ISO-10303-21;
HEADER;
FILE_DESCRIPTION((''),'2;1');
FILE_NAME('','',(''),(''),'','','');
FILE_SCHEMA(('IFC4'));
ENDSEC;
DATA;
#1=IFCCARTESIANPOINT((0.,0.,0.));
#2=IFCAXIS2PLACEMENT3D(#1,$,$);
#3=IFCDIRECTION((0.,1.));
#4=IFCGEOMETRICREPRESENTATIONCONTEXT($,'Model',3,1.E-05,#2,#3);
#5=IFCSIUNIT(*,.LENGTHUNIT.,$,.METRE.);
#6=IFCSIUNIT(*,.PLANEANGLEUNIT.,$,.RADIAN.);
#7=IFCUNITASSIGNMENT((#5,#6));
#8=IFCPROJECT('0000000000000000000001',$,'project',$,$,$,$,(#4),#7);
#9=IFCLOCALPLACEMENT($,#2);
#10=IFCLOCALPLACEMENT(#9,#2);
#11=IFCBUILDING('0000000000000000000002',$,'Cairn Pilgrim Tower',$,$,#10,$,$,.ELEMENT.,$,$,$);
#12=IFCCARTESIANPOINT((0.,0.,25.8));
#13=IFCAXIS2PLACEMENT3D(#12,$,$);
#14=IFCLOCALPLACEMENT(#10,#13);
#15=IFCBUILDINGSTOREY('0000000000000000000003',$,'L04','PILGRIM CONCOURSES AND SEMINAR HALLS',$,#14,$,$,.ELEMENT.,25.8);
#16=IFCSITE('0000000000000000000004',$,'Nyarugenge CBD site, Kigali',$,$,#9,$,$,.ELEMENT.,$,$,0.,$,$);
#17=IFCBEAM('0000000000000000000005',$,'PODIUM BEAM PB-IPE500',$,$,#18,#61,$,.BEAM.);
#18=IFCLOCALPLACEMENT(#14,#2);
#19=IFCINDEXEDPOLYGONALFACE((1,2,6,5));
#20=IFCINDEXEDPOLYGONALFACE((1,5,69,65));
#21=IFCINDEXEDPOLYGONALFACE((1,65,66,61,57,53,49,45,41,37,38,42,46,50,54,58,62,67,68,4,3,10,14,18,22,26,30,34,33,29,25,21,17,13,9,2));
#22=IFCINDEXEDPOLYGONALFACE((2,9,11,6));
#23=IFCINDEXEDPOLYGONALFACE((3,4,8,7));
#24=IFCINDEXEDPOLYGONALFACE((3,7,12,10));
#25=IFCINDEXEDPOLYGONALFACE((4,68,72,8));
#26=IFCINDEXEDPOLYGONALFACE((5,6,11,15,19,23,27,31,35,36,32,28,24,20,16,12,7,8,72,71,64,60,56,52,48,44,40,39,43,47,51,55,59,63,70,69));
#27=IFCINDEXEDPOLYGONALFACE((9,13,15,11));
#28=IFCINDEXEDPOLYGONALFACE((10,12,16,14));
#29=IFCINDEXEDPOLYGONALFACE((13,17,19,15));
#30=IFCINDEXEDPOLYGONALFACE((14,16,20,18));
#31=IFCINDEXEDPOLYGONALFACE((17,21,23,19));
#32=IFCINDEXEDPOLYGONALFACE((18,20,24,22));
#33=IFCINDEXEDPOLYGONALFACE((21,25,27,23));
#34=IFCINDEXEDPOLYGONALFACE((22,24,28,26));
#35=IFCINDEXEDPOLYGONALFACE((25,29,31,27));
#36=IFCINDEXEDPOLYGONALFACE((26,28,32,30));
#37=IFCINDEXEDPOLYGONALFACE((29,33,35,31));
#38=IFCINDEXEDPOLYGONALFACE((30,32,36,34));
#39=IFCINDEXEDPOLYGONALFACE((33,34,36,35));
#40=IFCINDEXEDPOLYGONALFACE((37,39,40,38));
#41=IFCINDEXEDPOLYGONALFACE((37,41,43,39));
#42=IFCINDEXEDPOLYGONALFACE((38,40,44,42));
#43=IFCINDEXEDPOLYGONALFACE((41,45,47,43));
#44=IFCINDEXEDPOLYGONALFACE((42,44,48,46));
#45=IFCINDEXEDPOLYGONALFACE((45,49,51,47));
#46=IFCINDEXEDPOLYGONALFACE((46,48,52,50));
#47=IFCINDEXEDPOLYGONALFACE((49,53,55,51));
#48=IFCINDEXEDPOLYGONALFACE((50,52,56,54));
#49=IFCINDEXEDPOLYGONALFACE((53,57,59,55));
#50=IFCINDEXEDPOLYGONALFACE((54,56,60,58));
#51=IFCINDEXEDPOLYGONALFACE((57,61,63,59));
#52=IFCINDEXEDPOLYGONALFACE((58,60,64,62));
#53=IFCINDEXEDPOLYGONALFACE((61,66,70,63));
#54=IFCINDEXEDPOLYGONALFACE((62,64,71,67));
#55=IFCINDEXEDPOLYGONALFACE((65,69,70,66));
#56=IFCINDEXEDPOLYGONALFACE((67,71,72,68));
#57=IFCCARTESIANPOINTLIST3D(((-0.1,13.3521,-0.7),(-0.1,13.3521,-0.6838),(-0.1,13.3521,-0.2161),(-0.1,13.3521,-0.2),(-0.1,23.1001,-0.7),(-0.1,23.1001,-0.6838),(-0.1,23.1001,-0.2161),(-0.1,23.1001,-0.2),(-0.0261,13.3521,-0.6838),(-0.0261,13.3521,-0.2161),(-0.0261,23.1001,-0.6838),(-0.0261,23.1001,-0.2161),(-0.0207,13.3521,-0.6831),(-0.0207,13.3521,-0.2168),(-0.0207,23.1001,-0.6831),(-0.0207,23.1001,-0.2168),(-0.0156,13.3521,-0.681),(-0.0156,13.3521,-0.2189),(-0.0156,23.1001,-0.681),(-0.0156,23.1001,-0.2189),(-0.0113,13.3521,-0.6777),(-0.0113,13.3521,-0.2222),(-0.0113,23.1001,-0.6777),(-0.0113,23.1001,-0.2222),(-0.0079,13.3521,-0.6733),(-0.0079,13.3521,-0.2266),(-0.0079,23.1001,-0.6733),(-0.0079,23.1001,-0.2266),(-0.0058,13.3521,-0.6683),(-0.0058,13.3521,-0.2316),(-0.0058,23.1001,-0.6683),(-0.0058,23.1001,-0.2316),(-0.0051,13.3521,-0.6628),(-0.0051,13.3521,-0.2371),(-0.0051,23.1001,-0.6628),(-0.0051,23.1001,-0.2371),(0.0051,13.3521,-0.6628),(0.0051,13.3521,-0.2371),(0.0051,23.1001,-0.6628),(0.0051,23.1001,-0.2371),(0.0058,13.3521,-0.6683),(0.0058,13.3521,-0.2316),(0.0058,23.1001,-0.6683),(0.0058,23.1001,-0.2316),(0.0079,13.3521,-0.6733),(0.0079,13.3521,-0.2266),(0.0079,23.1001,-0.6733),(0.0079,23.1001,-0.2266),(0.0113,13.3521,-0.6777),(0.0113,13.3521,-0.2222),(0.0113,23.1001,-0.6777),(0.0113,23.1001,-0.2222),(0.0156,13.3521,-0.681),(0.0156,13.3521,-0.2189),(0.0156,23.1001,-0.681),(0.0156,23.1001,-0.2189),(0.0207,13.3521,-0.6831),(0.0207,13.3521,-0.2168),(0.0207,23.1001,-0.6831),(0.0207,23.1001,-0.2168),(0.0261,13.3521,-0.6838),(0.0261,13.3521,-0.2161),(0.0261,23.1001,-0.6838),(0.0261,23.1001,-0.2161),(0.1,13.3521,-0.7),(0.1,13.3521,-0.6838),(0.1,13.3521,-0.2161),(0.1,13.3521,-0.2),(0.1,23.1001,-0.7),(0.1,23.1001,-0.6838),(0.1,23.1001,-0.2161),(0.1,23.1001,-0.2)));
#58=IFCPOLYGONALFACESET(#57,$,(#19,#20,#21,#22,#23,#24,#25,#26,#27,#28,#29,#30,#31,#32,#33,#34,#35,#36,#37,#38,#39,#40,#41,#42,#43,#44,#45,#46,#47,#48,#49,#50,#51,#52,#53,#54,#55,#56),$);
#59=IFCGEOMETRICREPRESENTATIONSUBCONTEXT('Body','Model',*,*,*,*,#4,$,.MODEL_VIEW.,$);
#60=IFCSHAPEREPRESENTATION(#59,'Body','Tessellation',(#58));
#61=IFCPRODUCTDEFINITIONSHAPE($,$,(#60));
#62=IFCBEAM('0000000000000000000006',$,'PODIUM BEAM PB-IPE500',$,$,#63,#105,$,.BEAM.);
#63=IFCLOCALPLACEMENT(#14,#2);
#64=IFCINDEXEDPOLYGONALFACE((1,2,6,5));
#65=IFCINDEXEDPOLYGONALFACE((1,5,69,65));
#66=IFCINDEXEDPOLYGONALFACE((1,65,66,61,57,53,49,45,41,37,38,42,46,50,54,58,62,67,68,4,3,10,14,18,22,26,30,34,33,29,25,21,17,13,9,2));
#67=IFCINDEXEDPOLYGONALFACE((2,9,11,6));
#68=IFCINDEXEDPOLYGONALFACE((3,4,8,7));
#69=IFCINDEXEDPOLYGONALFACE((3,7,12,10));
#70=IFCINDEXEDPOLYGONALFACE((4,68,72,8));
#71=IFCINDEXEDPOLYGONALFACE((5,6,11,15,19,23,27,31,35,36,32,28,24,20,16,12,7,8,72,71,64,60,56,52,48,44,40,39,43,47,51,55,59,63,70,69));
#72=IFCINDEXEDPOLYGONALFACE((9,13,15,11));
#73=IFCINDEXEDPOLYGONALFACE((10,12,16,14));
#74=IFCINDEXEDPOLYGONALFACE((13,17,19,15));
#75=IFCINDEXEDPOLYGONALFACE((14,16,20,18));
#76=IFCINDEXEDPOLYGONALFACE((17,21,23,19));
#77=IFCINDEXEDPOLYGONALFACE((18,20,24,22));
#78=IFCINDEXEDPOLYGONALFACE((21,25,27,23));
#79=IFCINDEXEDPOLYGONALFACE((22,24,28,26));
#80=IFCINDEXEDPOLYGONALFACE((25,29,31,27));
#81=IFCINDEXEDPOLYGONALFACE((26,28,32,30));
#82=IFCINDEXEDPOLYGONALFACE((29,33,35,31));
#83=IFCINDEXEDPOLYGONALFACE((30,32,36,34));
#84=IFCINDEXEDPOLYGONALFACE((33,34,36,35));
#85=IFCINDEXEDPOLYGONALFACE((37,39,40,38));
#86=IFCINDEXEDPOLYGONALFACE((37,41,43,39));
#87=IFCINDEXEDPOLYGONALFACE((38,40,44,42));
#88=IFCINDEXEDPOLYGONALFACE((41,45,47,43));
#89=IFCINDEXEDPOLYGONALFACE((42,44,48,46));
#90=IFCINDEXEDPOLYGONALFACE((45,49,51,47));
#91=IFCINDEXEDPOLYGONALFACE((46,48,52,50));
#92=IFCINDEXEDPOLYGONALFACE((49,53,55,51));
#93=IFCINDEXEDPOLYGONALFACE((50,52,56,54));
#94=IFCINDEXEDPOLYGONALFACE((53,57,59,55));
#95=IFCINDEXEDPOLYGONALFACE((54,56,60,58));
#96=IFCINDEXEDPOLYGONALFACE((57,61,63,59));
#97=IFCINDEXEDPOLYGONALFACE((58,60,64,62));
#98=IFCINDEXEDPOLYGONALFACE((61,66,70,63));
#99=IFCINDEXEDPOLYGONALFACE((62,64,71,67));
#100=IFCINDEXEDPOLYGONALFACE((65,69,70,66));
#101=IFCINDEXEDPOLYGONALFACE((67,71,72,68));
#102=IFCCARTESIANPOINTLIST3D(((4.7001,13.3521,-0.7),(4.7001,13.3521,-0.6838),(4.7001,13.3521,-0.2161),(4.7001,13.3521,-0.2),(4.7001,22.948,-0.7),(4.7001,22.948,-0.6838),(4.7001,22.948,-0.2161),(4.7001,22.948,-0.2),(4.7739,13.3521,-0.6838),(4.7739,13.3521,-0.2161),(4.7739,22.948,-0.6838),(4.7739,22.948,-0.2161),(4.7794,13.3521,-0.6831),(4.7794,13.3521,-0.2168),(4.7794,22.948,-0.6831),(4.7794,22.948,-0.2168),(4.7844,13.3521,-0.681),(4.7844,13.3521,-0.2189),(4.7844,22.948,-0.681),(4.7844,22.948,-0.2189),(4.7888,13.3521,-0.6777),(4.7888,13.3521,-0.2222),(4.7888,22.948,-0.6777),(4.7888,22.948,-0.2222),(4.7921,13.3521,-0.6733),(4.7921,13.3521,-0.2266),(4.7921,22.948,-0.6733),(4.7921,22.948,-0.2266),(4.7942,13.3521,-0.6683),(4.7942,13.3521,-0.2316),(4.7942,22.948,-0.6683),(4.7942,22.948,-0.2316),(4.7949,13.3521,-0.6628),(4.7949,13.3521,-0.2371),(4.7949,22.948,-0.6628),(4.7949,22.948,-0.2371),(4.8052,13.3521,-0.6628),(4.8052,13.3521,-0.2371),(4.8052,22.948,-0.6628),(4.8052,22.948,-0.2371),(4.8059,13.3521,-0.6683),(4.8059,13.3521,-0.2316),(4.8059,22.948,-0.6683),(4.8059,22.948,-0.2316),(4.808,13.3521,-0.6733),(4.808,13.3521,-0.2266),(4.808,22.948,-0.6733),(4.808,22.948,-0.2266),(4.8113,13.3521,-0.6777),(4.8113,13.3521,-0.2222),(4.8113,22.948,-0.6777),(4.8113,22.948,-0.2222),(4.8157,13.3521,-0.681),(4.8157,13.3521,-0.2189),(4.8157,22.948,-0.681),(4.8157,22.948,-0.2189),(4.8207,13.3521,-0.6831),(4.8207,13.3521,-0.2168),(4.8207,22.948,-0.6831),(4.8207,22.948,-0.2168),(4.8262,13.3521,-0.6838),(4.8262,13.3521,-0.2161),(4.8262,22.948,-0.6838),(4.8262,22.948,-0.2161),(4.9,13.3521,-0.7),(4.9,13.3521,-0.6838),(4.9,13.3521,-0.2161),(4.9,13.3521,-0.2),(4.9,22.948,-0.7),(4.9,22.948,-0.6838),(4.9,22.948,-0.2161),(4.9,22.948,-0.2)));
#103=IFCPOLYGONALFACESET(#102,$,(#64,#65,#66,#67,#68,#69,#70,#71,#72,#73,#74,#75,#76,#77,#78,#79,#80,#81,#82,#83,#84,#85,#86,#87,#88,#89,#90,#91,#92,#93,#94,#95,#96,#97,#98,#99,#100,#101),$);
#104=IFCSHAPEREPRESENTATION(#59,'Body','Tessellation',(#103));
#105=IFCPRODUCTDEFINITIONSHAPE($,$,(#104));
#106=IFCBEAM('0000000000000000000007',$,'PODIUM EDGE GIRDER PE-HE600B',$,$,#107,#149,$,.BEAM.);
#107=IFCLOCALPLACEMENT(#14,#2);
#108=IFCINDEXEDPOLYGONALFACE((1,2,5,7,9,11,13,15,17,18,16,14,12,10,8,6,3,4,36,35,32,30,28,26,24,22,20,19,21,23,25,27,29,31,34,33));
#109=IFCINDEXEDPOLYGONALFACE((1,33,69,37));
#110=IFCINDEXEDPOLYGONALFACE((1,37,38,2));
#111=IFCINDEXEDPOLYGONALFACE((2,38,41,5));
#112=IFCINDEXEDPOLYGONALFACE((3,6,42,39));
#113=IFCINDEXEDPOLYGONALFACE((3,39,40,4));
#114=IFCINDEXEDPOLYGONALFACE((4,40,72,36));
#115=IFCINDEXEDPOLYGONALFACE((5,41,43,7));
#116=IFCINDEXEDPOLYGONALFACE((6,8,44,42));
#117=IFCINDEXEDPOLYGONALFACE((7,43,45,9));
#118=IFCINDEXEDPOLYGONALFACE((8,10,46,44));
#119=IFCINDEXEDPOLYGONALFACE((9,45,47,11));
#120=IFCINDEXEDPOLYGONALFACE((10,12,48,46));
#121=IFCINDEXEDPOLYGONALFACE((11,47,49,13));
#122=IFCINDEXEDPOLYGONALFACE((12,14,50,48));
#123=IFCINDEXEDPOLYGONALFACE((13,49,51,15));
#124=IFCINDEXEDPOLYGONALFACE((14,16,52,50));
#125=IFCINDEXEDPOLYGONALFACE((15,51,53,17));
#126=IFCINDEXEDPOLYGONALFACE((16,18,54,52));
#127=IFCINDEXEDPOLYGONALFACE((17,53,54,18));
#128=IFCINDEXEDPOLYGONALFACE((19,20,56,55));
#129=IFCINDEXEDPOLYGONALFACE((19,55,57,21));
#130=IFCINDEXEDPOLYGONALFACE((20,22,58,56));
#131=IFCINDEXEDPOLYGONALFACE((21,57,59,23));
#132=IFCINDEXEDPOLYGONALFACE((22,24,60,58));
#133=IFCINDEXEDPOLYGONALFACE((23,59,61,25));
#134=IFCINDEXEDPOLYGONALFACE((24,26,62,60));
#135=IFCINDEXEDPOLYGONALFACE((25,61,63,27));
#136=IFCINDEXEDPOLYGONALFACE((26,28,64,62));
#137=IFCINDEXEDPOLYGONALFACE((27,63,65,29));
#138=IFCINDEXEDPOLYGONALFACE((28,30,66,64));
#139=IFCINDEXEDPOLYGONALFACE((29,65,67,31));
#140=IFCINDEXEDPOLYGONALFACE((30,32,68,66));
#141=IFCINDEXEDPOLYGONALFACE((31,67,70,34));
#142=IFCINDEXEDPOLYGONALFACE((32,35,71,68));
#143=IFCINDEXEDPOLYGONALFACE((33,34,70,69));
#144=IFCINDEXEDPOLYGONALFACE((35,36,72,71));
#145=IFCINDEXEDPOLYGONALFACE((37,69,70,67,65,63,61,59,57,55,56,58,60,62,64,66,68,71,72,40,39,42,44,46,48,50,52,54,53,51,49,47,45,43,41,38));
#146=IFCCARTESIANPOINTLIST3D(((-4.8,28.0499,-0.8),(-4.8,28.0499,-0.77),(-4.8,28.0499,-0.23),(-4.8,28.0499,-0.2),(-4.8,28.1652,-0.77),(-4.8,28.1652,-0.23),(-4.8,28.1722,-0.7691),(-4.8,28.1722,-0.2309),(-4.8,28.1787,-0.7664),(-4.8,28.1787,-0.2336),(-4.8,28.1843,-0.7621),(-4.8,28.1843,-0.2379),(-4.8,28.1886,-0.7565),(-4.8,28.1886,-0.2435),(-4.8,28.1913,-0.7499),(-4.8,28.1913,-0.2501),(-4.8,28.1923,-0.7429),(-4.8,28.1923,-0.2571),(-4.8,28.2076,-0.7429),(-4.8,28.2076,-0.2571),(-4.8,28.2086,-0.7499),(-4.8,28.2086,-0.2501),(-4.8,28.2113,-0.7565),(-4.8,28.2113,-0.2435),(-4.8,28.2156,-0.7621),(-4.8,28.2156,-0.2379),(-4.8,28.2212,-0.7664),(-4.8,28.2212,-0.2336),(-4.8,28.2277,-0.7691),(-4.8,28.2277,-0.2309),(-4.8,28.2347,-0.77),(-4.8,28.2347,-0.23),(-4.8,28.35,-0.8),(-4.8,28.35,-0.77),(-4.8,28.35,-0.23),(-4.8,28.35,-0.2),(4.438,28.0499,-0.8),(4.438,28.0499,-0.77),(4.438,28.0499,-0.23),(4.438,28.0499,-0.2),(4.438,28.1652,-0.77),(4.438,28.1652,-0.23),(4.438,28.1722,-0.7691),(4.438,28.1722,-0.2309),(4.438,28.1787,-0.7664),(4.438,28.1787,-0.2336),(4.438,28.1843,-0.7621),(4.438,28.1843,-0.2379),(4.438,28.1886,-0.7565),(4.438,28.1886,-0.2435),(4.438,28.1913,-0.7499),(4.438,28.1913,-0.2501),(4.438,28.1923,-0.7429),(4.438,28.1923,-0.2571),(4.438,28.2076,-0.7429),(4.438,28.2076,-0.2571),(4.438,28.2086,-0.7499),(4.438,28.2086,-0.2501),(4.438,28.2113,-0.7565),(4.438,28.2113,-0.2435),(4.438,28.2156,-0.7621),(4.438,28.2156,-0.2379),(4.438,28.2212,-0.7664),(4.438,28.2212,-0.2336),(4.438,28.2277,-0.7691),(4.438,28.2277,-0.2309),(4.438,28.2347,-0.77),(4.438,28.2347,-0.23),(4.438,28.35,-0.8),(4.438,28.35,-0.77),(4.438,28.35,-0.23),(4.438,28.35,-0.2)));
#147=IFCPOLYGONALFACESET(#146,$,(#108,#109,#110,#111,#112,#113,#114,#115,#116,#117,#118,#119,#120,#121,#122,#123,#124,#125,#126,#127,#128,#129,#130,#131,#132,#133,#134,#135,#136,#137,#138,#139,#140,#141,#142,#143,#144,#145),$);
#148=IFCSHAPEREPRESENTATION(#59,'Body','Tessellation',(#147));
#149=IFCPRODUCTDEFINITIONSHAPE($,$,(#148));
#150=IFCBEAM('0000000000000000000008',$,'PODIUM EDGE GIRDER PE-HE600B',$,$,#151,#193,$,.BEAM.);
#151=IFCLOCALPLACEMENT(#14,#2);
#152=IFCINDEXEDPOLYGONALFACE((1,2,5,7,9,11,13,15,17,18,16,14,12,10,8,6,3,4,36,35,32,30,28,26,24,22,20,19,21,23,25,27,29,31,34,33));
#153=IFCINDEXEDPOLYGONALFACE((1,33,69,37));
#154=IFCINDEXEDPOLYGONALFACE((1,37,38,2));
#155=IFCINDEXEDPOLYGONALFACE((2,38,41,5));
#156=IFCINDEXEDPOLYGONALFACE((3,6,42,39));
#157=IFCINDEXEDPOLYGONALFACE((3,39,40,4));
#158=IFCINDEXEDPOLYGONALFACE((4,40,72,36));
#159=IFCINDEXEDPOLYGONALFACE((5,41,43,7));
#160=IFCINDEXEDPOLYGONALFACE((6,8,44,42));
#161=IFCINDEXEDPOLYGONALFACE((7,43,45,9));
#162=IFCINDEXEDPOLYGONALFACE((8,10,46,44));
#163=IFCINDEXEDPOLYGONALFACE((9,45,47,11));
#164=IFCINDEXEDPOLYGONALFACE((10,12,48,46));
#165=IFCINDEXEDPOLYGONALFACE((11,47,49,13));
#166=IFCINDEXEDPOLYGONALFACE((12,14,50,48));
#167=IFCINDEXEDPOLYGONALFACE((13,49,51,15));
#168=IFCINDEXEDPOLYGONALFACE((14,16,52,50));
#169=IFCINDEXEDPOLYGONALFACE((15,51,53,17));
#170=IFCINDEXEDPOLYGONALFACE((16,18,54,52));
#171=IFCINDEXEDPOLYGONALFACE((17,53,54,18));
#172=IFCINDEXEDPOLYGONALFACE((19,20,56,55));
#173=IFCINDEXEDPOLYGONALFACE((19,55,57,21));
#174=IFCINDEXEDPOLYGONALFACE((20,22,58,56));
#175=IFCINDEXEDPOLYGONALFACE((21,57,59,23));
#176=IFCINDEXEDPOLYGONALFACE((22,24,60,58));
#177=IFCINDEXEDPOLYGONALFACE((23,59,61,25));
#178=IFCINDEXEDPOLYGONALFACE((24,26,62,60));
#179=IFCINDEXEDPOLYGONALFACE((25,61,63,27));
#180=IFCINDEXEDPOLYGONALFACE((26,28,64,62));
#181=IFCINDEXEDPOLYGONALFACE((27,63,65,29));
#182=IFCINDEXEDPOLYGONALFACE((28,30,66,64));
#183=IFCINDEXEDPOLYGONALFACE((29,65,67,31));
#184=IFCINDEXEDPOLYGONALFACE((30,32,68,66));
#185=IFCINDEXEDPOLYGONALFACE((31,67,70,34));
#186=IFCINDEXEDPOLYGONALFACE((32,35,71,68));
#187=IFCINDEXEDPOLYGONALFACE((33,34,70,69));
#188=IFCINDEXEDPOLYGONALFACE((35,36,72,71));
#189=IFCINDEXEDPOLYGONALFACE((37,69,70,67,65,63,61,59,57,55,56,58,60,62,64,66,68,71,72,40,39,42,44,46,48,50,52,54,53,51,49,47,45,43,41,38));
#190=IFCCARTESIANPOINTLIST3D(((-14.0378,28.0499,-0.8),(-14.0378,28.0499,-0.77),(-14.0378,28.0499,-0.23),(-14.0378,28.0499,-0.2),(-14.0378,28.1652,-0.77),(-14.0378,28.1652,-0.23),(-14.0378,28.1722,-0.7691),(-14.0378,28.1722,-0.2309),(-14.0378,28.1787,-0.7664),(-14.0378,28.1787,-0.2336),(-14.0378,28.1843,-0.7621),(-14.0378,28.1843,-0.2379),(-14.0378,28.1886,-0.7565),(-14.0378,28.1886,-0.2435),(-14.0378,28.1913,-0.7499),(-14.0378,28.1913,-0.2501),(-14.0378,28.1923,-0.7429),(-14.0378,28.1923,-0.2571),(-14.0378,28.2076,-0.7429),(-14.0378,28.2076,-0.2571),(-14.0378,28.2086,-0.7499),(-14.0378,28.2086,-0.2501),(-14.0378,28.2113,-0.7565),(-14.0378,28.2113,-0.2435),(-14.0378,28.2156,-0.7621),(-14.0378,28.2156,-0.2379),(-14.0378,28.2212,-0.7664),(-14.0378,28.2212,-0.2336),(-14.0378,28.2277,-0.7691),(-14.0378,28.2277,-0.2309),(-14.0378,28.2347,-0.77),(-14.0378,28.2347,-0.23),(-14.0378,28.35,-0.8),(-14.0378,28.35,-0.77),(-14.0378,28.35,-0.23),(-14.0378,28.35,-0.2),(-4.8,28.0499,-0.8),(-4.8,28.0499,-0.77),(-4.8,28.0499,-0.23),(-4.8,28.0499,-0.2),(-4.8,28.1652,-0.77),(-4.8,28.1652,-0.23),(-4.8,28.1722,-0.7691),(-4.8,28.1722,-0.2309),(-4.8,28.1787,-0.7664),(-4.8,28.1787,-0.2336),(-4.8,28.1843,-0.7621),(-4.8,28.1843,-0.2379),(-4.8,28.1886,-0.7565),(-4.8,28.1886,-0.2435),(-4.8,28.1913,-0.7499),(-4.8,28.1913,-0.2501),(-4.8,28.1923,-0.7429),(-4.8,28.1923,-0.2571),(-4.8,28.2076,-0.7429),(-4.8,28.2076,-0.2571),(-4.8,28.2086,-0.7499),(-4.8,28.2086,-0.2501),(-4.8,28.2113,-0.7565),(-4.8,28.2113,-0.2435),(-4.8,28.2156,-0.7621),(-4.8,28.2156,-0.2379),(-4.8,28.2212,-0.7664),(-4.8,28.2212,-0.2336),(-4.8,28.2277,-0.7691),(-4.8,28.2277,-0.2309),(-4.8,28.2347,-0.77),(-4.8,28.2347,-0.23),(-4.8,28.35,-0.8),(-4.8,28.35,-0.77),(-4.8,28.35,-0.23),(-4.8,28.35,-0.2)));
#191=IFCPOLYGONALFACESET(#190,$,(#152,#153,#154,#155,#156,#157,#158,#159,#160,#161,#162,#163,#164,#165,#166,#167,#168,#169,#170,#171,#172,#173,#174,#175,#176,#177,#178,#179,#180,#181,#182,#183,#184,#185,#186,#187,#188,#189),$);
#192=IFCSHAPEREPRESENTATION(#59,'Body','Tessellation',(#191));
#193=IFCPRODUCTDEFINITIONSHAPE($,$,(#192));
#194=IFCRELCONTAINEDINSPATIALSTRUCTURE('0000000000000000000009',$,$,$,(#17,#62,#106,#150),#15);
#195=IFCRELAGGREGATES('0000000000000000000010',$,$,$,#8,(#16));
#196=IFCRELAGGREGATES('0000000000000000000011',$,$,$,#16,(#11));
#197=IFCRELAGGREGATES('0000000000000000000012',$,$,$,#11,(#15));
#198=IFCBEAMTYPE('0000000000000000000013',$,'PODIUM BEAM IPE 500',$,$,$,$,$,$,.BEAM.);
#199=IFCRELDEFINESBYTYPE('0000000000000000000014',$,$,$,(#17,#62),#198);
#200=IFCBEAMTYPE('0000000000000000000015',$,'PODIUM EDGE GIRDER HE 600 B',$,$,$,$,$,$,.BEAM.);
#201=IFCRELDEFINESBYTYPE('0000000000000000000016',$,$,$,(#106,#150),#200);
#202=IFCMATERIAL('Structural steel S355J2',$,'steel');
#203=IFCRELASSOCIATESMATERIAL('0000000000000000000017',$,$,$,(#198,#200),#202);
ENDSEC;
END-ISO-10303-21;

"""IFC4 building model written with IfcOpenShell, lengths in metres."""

from ifc_helpers import new_model, si_unit, direction, frame, origin, origin_2d, place, context, subcontext, project, spatial, i_section, extrude, material, material_profile, profile_set, type_object, element, save


model = new_model("IFC4")

# Units and contexts
model_context = context("Model", 3, precision=1e-05, world=origin(), true_north=direction((0.0, 1.0)))
body_context = subcontext(model_context, "Body", "Model", "MODEL_VIEW")
ifc_project = project(units=[si_unit("LENGTHUNIT", "METRE"), si_unit("PLANEANGLEUNIT", "RADIAN")], contexts=[model_context])

# Site, building, storey
site_placement = place(None, origin())
site = spatial("IfcSite", under=ifc_project, at=site_placement, Name="Nyarugenge CBD site, Kigali", CompositionType="ELEMENT", RefElevation=0.0)
building_placement = place(site_placement, origin())
building = spatial("IfcBuilding", under=site, at=building_placement, Name="Cairn Pilgrim Tower", CompositionType="ELEMENT")
storey_placement = place(building_placement, frame((0.0, 0.0, 25.8)))
storey = spatial("IfcBuildingStorey", under=building, at=storey_placement, Name="L04", Description="PILGRIM CONCOURSES AND SEMINAR HALLS", CompositionType="ELEMENT", Elevation=25.8)

# Beams
ifc_material_1 = material(Name="Structural steel S355J2", Category="steel")
ifc_material_profile_1 = material_profile(ifc_material_1, i_section(OverallWidth=0.2, OverallDepth=0.5, WebThickness=0.0103, FlangeThickness=0.0161, FilletRadius=0.021, at=origin_2d()), Name="IPE 500")
ifc_profile_set_1 = profile_set([ifc_material_profile_1], Name="Structural steel S355J2")
beam_type_1 = type_object("IfcBeamType", Name="PODIUM BEAM IPE 500", PredefinedType="BEAM", material=ifc_profile_set_1)
beam_1_placement = place(storey_placement, frame((0.0, 13.3521, -0.45), z_axis=(0.0, 1.0, 0.0), x_axis=(-1.0, 0.0, 0.0)))
element("IfcBeam", 1, at=beam_1_placement, inside=storey, type_object=beam_type_1, Name="PODIUM BEAM PB-IPE500", PredefinedType="BEAM", context=body_context, shape_type="SweptSolid", body=[
    extrude(i_section(OverallWidth=0.2, OverallDepth=0.5, WebThickness=0.0103, FlangeThickness=0.0161, FilletRadius=0.021, at=origin_2d()), origin(), (0.0, 0.0, 1.0), 9.748),
])
beam_2_placement = place(storey_placement, frame((4.8, 13.3521, -0.45), z_axis=(0.0, 1.0, 0.0), x_axis=(-1.0, 0.0, 0.0)))
element("IfcBeam", 2, at=beam_2_placement, inside=storey, type_object=beam_type_1, Name="PODIUM BEAM PB-IPE500", PredefinedType="BEAM", context=body_context, shape_type="SweptSolid", body=[
    extrude(i_section(OverallWidth=0.2, OverallDepth=0.5, WebThickness=0.0103, FlangeThickness=0.0161, FilletRadius=0.021, at=origin_2d()), origin(), (0.0, 0.0, 1.0), 9.5959),
])
ifc_material_profile_2 = material_profile(ifc_material_1, i_section(OverallWidth=0.3, OverallDepth=0.6001, WebThickness=0.0154, FlangeThickness=0.03, FilletRadius=0.0271, at=origin_2d()), Name="HEB 600")
ifc_profile_set_2 = profile_set([ifc_material_profile_2], Name="Structural steel S355J2")
beam_type_2 = type_object("IfcBeamType", Name="PODIUM EDGE GIRDER HE 600 B", PredefinedType="BEAM", material=ifc_profile_set_2)
beam_3_placement = place(storey_placement, frame((4.438, 28.2, -0.5), z_axis=(-1.0, 0.0, 0.0), x_axis=(0.0, -1.0, 0.0)))
element("IfcBeam", 3, at=beam_3_placement, inside=storey, type_object=beam_type_2, Name="PODIUM EDGE GIRDER PE-HE600B", PredefinedType="BEAM", context=body_context, shape_type="SweptSolid", body=[
    extrude(i_section(OverallWidth=0.3, OverallDepth=0.6001, WebThickness=0.0154, FlangeThickness=0.03, FilletRadius=0.0271, at=origin_2d()), origin(), (0.0, 0.0, 1.0), 9.238),
])
beam_4_placement = place(storey_placement, frame((-4.8, 28.2, -0.5), z_axis=(-1.0, 0.0, 0.0), x_axis=(0.0, -1.0, 0.0)))
element("IfcBeam", 4, at=beam_4_placement, inside=storey, type_object=beam_type_2, Name="PODIUM EDGE GIRDER PE-HE600B", PredefinedType="BEAM", context=body_context, shape_type="SweptSolid", body=[
    extrude(i_section(OverallWidth=0.3, OverallDepth=0.6001, WebThickness=0.0154, FlangeThickness=0.03, FilletRadius=0.0271, at=origin_2d()), origin(), (0.0, 0.0, 1.0), 9.2378),
])

save(model, "model.ifc")
